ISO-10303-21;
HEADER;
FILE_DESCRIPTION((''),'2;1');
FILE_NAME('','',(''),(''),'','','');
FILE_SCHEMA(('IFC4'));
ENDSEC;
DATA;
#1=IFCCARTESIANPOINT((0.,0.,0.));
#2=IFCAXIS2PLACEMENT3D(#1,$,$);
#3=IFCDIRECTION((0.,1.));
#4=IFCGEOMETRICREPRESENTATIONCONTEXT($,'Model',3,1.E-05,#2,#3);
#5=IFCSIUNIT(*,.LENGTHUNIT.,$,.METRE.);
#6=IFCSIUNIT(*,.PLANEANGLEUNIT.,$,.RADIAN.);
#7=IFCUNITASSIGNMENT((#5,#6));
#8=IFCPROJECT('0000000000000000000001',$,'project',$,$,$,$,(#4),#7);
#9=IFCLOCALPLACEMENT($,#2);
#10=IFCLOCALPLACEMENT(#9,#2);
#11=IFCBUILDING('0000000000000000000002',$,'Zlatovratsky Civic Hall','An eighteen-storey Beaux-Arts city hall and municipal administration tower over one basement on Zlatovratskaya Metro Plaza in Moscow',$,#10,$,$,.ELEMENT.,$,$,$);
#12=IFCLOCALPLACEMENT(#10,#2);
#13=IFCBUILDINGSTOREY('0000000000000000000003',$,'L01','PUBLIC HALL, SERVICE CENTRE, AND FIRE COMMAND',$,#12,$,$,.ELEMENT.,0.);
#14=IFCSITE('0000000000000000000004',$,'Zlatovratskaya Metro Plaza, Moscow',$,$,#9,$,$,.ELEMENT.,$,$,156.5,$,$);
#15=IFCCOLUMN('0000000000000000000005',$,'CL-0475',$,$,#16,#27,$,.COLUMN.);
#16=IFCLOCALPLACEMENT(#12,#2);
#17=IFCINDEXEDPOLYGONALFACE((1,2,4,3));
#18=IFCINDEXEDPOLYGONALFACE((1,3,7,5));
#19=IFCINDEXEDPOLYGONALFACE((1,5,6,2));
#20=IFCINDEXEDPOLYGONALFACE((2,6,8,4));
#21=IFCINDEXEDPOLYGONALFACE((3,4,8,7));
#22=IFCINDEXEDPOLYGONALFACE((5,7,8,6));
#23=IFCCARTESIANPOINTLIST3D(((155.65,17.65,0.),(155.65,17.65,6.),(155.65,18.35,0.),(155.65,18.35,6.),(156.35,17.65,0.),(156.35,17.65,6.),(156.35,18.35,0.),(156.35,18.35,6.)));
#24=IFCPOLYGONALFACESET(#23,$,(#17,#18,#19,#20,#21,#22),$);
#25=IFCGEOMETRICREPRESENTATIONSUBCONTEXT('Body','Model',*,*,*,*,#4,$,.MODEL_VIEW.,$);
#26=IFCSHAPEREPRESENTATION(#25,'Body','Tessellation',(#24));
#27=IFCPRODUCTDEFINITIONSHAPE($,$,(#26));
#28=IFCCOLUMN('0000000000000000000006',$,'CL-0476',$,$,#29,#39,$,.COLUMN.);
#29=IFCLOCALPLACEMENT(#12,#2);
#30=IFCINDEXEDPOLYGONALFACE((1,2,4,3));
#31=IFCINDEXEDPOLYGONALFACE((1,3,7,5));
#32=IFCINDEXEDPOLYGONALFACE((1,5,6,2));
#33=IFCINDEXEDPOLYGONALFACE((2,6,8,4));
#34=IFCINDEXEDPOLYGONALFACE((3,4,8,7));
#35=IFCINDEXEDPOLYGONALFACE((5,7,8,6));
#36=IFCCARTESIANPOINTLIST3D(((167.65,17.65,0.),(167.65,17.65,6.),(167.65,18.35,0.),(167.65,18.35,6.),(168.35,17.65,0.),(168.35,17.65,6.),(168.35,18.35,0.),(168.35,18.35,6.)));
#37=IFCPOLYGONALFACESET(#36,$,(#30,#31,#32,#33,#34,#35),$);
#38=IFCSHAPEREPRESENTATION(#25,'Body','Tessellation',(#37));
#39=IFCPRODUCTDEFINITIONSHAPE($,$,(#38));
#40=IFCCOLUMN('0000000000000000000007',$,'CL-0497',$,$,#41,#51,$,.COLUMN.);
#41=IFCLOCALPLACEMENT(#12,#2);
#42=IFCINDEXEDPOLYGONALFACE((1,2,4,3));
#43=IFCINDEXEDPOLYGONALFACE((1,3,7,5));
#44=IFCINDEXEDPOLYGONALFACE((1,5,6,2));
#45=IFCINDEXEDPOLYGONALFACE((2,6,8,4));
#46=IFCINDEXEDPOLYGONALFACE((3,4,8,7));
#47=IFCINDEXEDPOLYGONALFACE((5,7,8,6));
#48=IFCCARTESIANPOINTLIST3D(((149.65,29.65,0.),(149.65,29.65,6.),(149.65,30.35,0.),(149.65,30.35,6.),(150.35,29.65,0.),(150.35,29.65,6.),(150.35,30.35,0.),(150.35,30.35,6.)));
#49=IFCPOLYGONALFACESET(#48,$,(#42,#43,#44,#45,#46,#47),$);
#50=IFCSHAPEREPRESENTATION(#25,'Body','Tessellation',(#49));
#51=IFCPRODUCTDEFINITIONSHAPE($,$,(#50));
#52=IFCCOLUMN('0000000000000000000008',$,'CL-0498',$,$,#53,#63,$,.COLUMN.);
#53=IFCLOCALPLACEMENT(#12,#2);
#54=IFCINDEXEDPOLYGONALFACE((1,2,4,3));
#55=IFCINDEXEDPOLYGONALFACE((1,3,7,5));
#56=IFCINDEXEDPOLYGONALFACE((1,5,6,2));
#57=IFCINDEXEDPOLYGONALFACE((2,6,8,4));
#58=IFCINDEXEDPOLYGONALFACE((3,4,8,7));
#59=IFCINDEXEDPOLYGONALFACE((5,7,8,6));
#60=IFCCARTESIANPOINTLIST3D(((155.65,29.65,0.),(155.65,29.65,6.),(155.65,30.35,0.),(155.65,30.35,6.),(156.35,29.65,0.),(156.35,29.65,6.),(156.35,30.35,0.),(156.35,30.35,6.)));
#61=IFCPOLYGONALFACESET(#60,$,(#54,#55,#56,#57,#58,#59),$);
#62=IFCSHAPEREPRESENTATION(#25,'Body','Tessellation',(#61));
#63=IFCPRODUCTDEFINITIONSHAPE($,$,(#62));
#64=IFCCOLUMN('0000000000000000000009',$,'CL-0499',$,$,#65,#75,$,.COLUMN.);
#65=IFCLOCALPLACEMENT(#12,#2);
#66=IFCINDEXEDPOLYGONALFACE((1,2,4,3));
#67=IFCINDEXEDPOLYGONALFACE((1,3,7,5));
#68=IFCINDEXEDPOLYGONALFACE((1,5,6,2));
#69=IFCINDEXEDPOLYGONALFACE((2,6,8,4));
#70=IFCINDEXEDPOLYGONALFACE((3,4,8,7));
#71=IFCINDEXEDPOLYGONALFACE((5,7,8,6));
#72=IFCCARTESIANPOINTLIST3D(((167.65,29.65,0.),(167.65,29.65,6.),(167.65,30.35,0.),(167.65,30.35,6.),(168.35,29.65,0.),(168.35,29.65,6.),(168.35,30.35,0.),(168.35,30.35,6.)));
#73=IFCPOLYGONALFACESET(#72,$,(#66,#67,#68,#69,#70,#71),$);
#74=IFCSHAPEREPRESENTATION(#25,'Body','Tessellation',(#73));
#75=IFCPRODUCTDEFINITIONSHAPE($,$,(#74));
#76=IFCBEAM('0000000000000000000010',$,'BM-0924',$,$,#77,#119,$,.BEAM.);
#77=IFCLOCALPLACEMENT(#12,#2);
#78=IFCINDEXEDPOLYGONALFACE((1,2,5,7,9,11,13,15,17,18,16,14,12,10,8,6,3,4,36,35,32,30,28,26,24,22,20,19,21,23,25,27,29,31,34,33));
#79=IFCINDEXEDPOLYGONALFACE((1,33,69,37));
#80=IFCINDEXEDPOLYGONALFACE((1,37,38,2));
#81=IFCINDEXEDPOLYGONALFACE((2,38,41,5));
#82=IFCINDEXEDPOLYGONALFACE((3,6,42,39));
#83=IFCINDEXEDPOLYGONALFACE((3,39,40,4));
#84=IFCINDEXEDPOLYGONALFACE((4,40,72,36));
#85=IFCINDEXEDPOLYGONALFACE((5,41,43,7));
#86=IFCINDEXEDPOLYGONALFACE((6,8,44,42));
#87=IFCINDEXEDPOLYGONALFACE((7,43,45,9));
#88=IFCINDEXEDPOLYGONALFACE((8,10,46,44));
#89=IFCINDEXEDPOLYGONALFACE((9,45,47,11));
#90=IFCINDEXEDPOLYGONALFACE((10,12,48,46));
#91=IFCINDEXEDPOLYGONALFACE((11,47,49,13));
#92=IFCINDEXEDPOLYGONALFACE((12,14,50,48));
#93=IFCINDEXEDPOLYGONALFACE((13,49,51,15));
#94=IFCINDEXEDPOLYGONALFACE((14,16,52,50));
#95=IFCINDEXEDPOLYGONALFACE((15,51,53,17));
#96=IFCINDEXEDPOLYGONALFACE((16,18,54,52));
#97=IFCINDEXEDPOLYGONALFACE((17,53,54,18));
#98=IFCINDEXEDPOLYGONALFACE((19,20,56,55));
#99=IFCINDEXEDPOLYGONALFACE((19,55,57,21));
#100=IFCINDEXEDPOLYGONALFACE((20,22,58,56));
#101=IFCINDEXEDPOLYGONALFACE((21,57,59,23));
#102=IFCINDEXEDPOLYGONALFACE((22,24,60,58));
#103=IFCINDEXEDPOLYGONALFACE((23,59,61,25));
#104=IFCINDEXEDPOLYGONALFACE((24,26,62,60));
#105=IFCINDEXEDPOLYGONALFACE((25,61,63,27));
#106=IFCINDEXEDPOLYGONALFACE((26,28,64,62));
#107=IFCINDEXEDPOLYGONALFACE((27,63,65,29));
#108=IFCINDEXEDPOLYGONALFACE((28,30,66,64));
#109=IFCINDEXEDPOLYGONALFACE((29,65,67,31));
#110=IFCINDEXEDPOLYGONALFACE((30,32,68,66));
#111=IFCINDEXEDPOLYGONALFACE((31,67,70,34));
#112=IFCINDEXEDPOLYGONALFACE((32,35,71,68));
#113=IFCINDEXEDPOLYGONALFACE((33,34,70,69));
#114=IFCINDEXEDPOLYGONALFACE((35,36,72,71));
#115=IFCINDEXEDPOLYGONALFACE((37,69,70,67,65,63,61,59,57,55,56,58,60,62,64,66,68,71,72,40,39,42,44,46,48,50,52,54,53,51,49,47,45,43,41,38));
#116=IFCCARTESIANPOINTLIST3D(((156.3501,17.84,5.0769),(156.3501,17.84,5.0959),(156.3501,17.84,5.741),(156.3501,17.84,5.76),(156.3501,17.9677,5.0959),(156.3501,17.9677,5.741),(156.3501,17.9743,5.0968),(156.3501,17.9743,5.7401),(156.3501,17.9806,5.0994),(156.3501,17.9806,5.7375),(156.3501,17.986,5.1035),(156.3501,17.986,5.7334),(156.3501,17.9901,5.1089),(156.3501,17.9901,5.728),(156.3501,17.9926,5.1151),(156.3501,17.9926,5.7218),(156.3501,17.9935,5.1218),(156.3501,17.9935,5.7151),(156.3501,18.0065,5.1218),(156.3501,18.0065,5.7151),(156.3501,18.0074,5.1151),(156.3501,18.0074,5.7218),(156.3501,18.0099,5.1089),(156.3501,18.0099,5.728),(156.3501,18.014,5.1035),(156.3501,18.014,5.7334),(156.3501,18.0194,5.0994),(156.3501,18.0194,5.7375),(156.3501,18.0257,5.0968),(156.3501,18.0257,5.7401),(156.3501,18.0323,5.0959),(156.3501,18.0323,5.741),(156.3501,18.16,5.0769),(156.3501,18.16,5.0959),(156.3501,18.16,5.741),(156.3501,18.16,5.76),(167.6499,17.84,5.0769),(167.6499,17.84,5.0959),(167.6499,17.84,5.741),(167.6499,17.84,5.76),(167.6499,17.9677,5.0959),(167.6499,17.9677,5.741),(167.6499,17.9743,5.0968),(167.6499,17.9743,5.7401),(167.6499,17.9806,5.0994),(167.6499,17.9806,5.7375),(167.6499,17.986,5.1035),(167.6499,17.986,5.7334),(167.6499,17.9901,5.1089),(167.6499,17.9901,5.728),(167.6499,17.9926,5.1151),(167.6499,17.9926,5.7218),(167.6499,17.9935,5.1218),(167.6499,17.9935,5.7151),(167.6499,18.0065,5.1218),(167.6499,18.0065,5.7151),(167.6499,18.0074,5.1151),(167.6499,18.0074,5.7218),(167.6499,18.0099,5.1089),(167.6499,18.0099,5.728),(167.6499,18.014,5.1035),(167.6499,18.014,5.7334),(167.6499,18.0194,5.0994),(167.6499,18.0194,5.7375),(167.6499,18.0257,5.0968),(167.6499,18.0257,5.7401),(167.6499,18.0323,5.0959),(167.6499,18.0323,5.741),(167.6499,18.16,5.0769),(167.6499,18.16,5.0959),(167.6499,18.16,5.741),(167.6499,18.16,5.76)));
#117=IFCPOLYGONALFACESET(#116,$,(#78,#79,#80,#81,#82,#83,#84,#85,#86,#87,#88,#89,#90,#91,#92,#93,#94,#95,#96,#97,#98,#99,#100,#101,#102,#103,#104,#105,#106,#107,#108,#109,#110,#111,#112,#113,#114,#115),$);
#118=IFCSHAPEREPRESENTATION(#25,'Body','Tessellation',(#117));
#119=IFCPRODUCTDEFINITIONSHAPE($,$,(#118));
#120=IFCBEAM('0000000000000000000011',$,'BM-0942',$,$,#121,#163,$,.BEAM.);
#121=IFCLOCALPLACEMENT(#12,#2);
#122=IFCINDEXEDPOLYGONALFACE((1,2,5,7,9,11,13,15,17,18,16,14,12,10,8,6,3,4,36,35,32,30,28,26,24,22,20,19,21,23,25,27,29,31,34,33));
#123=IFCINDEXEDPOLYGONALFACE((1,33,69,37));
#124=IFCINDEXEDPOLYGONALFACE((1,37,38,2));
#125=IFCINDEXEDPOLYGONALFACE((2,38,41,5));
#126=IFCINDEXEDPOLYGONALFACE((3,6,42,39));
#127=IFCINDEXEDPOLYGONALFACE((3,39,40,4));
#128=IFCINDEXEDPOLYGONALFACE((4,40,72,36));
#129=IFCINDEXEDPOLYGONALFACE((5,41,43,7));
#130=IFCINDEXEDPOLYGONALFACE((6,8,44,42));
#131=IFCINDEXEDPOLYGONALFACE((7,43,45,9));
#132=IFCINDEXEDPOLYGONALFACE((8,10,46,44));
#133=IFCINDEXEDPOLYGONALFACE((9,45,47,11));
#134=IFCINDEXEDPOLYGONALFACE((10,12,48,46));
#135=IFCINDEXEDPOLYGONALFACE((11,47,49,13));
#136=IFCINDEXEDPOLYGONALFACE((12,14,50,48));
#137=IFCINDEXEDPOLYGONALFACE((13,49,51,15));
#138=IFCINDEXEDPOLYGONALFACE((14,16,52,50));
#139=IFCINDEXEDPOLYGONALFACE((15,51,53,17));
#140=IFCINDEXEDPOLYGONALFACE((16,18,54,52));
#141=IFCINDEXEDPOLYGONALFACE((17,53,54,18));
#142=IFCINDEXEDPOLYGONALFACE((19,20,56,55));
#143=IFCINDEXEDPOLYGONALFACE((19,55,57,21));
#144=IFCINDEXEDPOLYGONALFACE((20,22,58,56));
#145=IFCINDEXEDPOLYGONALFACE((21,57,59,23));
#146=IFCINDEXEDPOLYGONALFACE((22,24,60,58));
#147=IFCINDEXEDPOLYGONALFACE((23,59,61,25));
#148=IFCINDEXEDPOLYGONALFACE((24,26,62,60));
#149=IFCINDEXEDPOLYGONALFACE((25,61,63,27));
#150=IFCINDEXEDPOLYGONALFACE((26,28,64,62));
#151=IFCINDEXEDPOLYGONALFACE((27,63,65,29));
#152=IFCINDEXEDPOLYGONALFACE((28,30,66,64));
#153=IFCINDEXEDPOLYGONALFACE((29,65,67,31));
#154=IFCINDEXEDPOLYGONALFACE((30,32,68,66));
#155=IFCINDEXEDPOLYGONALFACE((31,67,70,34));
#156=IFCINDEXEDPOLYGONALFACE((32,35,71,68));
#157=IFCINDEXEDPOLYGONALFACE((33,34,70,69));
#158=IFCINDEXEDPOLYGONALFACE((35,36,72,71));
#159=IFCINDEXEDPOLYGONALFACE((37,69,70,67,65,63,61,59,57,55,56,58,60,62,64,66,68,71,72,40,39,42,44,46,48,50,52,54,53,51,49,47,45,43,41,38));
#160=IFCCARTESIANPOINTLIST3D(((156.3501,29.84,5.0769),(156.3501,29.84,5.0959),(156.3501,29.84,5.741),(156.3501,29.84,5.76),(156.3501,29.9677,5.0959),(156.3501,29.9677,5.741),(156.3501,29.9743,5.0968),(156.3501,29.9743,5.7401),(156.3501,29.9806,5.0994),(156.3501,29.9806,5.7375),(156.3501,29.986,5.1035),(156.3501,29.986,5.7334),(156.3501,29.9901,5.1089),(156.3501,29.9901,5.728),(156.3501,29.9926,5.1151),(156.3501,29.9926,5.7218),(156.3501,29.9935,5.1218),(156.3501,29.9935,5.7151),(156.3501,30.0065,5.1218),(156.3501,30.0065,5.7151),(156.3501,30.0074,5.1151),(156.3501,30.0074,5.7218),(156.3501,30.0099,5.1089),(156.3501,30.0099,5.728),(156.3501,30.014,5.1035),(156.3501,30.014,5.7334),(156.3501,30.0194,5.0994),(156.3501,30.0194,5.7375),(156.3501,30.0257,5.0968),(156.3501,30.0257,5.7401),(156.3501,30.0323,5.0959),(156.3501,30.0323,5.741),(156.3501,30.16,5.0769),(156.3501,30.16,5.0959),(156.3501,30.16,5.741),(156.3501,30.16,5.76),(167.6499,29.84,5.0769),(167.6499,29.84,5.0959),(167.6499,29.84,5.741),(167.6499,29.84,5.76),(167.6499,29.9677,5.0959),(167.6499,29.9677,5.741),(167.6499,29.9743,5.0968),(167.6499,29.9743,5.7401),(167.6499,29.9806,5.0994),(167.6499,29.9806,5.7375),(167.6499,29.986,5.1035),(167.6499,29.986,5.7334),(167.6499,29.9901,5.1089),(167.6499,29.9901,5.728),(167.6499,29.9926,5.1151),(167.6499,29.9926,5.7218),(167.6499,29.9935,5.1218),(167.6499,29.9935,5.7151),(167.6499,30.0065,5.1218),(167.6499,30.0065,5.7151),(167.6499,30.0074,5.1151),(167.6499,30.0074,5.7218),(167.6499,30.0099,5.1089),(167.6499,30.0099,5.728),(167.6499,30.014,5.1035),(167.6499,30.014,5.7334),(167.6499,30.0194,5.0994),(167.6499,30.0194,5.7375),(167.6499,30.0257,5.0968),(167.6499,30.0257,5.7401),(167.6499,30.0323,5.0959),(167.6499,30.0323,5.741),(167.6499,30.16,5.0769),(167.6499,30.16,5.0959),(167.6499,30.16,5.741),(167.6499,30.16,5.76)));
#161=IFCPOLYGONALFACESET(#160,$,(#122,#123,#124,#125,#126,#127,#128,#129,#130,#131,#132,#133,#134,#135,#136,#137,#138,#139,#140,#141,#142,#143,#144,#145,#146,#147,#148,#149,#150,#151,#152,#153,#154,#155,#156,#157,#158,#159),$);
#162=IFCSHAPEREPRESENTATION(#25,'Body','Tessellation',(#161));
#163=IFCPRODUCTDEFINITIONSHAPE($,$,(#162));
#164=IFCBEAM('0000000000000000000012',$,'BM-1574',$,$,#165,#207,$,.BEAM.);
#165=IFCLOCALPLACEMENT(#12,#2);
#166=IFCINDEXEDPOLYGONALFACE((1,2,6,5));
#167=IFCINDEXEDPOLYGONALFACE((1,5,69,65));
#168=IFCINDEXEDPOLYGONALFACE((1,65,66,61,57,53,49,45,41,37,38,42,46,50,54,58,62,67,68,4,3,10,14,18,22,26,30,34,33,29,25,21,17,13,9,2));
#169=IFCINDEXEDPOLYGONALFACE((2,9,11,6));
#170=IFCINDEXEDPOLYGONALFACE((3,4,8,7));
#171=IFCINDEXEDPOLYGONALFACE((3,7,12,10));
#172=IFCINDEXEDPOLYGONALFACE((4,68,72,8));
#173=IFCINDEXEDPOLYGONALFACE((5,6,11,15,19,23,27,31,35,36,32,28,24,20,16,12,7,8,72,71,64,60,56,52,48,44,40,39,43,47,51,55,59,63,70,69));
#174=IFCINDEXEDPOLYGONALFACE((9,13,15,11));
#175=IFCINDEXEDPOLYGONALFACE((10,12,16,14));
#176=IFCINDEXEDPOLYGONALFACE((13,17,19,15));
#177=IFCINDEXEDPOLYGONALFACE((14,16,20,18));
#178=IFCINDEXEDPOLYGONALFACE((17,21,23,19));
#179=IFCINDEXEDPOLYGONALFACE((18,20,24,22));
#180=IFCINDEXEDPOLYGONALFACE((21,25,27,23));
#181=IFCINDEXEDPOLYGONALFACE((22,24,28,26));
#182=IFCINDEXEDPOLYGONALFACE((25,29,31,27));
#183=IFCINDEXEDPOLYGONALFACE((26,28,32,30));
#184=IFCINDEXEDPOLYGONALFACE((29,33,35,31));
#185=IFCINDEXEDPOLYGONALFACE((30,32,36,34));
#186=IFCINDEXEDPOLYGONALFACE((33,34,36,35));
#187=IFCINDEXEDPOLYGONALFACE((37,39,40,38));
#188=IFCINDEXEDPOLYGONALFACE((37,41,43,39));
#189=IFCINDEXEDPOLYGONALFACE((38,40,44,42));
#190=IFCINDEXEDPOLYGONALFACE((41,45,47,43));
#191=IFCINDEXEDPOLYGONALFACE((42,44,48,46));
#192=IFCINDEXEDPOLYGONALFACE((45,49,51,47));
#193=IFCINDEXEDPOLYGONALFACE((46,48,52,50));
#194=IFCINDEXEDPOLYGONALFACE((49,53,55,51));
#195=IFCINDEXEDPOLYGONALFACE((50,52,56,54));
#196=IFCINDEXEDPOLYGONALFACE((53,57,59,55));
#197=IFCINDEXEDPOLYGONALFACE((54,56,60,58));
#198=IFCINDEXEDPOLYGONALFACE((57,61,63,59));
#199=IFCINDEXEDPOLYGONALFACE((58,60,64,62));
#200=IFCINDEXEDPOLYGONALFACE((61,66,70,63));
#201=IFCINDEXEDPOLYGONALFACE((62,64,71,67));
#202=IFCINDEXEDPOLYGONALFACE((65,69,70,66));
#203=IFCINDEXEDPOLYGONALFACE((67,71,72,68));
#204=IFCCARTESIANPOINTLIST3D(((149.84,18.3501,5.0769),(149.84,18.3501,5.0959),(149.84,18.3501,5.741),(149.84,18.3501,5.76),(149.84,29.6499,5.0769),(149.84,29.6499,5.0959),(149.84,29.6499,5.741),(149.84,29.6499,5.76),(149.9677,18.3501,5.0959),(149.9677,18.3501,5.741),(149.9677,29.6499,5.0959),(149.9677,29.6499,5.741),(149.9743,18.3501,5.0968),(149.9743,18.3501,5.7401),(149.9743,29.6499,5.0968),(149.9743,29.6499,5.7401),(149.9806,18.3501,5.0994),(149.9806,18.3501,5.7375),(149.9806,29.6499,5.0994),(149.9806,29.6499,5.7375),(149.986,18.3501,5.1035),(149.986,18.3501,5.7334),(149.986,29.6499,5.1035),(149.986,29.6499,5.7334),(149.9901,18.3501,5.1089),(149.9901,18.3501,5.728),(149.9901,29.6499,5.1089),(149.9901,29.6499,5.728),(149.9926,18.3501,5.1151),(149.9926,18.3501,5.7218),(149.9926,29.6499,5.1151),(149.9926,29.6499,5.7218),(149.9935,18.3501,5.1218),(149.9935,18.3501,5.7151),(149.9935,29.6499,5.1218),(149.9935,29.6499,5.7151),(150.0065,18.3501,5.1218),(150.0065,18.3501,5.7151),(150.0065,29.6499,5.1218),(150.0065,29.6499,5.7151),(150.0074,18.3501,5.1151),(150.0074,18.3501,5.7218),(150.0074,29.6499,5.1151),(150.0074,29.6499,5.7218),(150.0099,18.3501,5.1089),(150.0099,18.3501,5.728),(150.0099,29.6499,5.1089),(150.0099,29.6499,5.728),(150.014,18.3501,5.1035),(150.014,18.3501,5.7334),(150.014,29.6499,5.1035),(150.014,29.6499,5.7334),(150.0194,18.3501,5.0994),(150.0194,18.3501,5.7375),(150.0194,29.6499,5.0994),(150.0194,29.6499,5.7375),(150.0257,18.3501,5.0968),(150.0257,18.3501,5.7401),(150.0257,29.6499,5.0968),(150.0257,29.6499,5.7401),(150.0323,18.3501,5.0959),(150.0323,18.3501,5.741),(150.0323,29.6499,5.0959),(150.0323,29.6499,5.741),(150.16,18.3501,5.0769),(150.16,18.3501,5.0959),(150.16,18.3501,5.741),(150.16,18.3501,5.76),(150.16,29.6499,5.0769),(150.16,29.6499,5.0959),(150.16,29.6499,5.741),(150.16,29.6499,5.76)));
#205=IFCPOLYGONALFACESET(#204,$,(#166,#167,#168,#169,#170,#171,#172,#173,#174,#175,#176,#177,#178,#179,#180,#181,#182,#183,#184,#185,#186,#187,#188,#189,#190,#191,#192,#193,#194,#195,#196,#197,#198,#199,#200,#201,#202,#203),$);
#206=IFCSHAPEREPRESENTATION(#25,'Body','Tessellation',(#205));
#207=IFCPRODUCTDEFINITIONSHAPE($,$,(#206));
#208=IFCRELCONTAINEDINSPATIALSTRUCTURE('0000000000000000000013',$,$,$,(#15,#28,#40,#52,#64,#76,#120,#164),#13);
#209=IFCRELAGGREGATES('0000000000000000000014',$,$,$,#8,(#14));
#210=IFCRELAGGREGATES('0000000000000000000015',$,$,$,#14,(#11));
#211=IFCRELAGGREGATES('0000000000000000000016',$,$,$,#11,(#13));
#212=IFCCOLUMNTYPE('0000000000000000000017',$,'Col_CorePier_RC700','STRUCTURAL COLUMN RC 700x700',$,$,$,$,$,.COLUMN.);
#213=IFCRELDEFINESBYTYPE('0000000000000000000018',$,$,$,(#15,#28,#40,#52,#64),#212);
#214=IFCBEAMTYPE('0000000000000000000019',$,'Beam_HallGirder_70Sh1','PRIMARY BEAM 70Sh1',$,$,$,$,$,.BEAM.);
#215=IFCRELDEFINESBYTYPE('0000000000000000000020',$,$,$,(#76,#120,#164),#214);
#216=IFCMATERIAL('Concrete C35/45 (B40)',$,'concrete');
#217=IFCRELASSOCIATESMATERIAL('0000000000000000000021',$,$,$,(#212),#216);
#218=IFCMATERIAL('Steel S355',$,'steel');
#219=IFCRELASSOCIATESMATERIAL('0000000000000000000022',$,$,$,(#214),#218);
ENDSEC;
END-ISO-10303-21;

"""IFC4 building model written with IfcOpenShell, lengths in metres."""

from ifc_helpers import new_model, si_unit, direction, frame, origin, origin_2d, place, context, subcontext, project, spatial, rectangle, i_section, extrude, material, material_profile, profile_set, type_object, element, save


model = new_model("IFC4")

# Units and contexts
model_context = context("Model", 3, precision=1e-05, world=origin(), true_north=direction((0.0, 1.0)))
body_context = subcontext(model_context, "Body", "Model", "MODEL_VIEW")
ifc_project = project(units=[si_unit("LENGTHUNIT", "METRE"), si_unit("PLANEANGLEUNIT", "RADIAN")], contexts=[model_context])

# Site, building, storey
site_placement = place(None, origin())
site = spatial("IfcSite", under=ifc_project, at=site_placement, Name="Zlatovratskaya Metro Plaza, Moscow", CompositionType="ELEMENT", RefElevation=156.5)
building_placement = place(site_placement, origin())
building = spatial("IfcBuilding", under=site, at=building_placement, Name="Zlatovratsky Civic Hall", Description="An eighteen-storey Beaux-Arts city hall and municipal administration tower over one basement on Zlatovratskaya Metro Plaza in Moscow", CompositionType="ELEMENT")
storey_placement = place(building_placement, origin())
storey = spatial("IfcBuildingStorey", under=building, at=storey_placement, Name="L01", Description="PUBLIC HALL, SERVICE CENTRE, AND FIRE COMMAND", CompositionType="ELEMENT", Elevation=0.0)

# Columns
ifc_material_1 = material(Name="Concrete C35/45 (B40)", Category="concrete")
ifc_material_profile_1 = material_profile(ifc_material_1, rectangle(XDim=0.7, YDim=0.7, at=origin_2d()), Name="RC 700x700")
ifc_profile_set_1 = profile_set([ifc_material_profile_1], Name="Concrete C35/45 (B40)")
column_type = type_object("IfcColumnType", Name="Col_CorePier_RC700", Description="STRUCTURAL COLUMN RC 700x700", PredefinedType="COLUMN", material=ifc_profile_set_1)
for number, where, z_axis, x_axis, name in (
    (1, (156.0, 18.0, 0.0), (0.0, 0.0, 1.0), (1.0, 0.0, 0.0), "CL-0475"),
    (2, (168.0, 18.0, 0.0), (0.0, 0.0, 1.0), (1.0, 0.0, 0.0), "CL-0476"),
    (3, (150.0, 30.0, 0.0), (0.0, 0.0, 1.0), (1.0, 0.0, 0.0), "CL-0497"),
    (4, (156.0, 30.0, 0.0), (0.0, 0.0, 1.0), (1.0, 0.0, 0.0), "CL-0498"),
    (5, (168.0, 30.0, 0.0), (0.0, 0.0, 1.0), (1.0, 0.0, 0.0), "CL-0499"),
):
    element("IfcColumn", number, at=place(storey_placement, frame(where, z_axis=z_axis, x_axis=x_axis)), inside=storey, type_object=column_type, Name=name, PredefinedType="COLUMN", context=body_context, shape_type="SweptSolid", body=[
        extrude(rectangle(XDim=0.7, YDim=0.7, at=origin_2d()), origin(), (0.0, 0.0, 1.0), 6.0),
    ])

# Beams
ifc_material_2 = material(Name="Steel S355", Category="steel")
ifc_material_profile_2 = material_profile(ifc_material_2, i_section(OverallWidth=0.3201, OverallDepth=0.6831, WebThickness=0.0129, FlangeThickness=0.019, FilletRadius=0.0259, at=origin_2d()), Name="70Sh1")
ifc_profile_set_2 = profile_set([ifc_material_profile_2], Name="Steel S355")
beam_type_1 = type_object("IfcBeamType", Name="Beam_HallGirder_70Sh1", Description="PRIMARY BEAM 70Sh1", PredefinedType="BEAM", material=ifc_profile_set_2)
for number, where, z_axis, x_axis, name in (
    (6, (156.3501, 18.0, 5.4185), (1.0, 0.0, 0.0), (0.0, 1.0, 0.0), "BM-0924"),
    (7, (156.3501, 30.0, 5.4185), (1.0, 0.0, 0.0), (0.0, 1.0, 0.0), "BM-0942"),
    (8, (150.0, 18.3501, 5.4185), (0.0, 1.0, 0.0), (-1.0, 0.0, 0.0), "BM-1574"),
):
    element("IfcBeam", number, at=place(storey_placement, frame(where, z_axis=z_axis, x_axis=x_axis)), inside=storey, type_object=beam_type_1, Name=name, PredefinedType="BEAM", context=body_context, shape_type="SweptSolid", body=[
        extrude(i_section(OverallWidth=0.3201, OverallDepth=0.6831, WebThickness=0.0129, FlangeThickness=0.019, FilletRadius=0.0259, at=origin_2d()), origin(), (0.0, 0.0, 1.0), 11.2998),
    ])

save(model, "model.ifc")
